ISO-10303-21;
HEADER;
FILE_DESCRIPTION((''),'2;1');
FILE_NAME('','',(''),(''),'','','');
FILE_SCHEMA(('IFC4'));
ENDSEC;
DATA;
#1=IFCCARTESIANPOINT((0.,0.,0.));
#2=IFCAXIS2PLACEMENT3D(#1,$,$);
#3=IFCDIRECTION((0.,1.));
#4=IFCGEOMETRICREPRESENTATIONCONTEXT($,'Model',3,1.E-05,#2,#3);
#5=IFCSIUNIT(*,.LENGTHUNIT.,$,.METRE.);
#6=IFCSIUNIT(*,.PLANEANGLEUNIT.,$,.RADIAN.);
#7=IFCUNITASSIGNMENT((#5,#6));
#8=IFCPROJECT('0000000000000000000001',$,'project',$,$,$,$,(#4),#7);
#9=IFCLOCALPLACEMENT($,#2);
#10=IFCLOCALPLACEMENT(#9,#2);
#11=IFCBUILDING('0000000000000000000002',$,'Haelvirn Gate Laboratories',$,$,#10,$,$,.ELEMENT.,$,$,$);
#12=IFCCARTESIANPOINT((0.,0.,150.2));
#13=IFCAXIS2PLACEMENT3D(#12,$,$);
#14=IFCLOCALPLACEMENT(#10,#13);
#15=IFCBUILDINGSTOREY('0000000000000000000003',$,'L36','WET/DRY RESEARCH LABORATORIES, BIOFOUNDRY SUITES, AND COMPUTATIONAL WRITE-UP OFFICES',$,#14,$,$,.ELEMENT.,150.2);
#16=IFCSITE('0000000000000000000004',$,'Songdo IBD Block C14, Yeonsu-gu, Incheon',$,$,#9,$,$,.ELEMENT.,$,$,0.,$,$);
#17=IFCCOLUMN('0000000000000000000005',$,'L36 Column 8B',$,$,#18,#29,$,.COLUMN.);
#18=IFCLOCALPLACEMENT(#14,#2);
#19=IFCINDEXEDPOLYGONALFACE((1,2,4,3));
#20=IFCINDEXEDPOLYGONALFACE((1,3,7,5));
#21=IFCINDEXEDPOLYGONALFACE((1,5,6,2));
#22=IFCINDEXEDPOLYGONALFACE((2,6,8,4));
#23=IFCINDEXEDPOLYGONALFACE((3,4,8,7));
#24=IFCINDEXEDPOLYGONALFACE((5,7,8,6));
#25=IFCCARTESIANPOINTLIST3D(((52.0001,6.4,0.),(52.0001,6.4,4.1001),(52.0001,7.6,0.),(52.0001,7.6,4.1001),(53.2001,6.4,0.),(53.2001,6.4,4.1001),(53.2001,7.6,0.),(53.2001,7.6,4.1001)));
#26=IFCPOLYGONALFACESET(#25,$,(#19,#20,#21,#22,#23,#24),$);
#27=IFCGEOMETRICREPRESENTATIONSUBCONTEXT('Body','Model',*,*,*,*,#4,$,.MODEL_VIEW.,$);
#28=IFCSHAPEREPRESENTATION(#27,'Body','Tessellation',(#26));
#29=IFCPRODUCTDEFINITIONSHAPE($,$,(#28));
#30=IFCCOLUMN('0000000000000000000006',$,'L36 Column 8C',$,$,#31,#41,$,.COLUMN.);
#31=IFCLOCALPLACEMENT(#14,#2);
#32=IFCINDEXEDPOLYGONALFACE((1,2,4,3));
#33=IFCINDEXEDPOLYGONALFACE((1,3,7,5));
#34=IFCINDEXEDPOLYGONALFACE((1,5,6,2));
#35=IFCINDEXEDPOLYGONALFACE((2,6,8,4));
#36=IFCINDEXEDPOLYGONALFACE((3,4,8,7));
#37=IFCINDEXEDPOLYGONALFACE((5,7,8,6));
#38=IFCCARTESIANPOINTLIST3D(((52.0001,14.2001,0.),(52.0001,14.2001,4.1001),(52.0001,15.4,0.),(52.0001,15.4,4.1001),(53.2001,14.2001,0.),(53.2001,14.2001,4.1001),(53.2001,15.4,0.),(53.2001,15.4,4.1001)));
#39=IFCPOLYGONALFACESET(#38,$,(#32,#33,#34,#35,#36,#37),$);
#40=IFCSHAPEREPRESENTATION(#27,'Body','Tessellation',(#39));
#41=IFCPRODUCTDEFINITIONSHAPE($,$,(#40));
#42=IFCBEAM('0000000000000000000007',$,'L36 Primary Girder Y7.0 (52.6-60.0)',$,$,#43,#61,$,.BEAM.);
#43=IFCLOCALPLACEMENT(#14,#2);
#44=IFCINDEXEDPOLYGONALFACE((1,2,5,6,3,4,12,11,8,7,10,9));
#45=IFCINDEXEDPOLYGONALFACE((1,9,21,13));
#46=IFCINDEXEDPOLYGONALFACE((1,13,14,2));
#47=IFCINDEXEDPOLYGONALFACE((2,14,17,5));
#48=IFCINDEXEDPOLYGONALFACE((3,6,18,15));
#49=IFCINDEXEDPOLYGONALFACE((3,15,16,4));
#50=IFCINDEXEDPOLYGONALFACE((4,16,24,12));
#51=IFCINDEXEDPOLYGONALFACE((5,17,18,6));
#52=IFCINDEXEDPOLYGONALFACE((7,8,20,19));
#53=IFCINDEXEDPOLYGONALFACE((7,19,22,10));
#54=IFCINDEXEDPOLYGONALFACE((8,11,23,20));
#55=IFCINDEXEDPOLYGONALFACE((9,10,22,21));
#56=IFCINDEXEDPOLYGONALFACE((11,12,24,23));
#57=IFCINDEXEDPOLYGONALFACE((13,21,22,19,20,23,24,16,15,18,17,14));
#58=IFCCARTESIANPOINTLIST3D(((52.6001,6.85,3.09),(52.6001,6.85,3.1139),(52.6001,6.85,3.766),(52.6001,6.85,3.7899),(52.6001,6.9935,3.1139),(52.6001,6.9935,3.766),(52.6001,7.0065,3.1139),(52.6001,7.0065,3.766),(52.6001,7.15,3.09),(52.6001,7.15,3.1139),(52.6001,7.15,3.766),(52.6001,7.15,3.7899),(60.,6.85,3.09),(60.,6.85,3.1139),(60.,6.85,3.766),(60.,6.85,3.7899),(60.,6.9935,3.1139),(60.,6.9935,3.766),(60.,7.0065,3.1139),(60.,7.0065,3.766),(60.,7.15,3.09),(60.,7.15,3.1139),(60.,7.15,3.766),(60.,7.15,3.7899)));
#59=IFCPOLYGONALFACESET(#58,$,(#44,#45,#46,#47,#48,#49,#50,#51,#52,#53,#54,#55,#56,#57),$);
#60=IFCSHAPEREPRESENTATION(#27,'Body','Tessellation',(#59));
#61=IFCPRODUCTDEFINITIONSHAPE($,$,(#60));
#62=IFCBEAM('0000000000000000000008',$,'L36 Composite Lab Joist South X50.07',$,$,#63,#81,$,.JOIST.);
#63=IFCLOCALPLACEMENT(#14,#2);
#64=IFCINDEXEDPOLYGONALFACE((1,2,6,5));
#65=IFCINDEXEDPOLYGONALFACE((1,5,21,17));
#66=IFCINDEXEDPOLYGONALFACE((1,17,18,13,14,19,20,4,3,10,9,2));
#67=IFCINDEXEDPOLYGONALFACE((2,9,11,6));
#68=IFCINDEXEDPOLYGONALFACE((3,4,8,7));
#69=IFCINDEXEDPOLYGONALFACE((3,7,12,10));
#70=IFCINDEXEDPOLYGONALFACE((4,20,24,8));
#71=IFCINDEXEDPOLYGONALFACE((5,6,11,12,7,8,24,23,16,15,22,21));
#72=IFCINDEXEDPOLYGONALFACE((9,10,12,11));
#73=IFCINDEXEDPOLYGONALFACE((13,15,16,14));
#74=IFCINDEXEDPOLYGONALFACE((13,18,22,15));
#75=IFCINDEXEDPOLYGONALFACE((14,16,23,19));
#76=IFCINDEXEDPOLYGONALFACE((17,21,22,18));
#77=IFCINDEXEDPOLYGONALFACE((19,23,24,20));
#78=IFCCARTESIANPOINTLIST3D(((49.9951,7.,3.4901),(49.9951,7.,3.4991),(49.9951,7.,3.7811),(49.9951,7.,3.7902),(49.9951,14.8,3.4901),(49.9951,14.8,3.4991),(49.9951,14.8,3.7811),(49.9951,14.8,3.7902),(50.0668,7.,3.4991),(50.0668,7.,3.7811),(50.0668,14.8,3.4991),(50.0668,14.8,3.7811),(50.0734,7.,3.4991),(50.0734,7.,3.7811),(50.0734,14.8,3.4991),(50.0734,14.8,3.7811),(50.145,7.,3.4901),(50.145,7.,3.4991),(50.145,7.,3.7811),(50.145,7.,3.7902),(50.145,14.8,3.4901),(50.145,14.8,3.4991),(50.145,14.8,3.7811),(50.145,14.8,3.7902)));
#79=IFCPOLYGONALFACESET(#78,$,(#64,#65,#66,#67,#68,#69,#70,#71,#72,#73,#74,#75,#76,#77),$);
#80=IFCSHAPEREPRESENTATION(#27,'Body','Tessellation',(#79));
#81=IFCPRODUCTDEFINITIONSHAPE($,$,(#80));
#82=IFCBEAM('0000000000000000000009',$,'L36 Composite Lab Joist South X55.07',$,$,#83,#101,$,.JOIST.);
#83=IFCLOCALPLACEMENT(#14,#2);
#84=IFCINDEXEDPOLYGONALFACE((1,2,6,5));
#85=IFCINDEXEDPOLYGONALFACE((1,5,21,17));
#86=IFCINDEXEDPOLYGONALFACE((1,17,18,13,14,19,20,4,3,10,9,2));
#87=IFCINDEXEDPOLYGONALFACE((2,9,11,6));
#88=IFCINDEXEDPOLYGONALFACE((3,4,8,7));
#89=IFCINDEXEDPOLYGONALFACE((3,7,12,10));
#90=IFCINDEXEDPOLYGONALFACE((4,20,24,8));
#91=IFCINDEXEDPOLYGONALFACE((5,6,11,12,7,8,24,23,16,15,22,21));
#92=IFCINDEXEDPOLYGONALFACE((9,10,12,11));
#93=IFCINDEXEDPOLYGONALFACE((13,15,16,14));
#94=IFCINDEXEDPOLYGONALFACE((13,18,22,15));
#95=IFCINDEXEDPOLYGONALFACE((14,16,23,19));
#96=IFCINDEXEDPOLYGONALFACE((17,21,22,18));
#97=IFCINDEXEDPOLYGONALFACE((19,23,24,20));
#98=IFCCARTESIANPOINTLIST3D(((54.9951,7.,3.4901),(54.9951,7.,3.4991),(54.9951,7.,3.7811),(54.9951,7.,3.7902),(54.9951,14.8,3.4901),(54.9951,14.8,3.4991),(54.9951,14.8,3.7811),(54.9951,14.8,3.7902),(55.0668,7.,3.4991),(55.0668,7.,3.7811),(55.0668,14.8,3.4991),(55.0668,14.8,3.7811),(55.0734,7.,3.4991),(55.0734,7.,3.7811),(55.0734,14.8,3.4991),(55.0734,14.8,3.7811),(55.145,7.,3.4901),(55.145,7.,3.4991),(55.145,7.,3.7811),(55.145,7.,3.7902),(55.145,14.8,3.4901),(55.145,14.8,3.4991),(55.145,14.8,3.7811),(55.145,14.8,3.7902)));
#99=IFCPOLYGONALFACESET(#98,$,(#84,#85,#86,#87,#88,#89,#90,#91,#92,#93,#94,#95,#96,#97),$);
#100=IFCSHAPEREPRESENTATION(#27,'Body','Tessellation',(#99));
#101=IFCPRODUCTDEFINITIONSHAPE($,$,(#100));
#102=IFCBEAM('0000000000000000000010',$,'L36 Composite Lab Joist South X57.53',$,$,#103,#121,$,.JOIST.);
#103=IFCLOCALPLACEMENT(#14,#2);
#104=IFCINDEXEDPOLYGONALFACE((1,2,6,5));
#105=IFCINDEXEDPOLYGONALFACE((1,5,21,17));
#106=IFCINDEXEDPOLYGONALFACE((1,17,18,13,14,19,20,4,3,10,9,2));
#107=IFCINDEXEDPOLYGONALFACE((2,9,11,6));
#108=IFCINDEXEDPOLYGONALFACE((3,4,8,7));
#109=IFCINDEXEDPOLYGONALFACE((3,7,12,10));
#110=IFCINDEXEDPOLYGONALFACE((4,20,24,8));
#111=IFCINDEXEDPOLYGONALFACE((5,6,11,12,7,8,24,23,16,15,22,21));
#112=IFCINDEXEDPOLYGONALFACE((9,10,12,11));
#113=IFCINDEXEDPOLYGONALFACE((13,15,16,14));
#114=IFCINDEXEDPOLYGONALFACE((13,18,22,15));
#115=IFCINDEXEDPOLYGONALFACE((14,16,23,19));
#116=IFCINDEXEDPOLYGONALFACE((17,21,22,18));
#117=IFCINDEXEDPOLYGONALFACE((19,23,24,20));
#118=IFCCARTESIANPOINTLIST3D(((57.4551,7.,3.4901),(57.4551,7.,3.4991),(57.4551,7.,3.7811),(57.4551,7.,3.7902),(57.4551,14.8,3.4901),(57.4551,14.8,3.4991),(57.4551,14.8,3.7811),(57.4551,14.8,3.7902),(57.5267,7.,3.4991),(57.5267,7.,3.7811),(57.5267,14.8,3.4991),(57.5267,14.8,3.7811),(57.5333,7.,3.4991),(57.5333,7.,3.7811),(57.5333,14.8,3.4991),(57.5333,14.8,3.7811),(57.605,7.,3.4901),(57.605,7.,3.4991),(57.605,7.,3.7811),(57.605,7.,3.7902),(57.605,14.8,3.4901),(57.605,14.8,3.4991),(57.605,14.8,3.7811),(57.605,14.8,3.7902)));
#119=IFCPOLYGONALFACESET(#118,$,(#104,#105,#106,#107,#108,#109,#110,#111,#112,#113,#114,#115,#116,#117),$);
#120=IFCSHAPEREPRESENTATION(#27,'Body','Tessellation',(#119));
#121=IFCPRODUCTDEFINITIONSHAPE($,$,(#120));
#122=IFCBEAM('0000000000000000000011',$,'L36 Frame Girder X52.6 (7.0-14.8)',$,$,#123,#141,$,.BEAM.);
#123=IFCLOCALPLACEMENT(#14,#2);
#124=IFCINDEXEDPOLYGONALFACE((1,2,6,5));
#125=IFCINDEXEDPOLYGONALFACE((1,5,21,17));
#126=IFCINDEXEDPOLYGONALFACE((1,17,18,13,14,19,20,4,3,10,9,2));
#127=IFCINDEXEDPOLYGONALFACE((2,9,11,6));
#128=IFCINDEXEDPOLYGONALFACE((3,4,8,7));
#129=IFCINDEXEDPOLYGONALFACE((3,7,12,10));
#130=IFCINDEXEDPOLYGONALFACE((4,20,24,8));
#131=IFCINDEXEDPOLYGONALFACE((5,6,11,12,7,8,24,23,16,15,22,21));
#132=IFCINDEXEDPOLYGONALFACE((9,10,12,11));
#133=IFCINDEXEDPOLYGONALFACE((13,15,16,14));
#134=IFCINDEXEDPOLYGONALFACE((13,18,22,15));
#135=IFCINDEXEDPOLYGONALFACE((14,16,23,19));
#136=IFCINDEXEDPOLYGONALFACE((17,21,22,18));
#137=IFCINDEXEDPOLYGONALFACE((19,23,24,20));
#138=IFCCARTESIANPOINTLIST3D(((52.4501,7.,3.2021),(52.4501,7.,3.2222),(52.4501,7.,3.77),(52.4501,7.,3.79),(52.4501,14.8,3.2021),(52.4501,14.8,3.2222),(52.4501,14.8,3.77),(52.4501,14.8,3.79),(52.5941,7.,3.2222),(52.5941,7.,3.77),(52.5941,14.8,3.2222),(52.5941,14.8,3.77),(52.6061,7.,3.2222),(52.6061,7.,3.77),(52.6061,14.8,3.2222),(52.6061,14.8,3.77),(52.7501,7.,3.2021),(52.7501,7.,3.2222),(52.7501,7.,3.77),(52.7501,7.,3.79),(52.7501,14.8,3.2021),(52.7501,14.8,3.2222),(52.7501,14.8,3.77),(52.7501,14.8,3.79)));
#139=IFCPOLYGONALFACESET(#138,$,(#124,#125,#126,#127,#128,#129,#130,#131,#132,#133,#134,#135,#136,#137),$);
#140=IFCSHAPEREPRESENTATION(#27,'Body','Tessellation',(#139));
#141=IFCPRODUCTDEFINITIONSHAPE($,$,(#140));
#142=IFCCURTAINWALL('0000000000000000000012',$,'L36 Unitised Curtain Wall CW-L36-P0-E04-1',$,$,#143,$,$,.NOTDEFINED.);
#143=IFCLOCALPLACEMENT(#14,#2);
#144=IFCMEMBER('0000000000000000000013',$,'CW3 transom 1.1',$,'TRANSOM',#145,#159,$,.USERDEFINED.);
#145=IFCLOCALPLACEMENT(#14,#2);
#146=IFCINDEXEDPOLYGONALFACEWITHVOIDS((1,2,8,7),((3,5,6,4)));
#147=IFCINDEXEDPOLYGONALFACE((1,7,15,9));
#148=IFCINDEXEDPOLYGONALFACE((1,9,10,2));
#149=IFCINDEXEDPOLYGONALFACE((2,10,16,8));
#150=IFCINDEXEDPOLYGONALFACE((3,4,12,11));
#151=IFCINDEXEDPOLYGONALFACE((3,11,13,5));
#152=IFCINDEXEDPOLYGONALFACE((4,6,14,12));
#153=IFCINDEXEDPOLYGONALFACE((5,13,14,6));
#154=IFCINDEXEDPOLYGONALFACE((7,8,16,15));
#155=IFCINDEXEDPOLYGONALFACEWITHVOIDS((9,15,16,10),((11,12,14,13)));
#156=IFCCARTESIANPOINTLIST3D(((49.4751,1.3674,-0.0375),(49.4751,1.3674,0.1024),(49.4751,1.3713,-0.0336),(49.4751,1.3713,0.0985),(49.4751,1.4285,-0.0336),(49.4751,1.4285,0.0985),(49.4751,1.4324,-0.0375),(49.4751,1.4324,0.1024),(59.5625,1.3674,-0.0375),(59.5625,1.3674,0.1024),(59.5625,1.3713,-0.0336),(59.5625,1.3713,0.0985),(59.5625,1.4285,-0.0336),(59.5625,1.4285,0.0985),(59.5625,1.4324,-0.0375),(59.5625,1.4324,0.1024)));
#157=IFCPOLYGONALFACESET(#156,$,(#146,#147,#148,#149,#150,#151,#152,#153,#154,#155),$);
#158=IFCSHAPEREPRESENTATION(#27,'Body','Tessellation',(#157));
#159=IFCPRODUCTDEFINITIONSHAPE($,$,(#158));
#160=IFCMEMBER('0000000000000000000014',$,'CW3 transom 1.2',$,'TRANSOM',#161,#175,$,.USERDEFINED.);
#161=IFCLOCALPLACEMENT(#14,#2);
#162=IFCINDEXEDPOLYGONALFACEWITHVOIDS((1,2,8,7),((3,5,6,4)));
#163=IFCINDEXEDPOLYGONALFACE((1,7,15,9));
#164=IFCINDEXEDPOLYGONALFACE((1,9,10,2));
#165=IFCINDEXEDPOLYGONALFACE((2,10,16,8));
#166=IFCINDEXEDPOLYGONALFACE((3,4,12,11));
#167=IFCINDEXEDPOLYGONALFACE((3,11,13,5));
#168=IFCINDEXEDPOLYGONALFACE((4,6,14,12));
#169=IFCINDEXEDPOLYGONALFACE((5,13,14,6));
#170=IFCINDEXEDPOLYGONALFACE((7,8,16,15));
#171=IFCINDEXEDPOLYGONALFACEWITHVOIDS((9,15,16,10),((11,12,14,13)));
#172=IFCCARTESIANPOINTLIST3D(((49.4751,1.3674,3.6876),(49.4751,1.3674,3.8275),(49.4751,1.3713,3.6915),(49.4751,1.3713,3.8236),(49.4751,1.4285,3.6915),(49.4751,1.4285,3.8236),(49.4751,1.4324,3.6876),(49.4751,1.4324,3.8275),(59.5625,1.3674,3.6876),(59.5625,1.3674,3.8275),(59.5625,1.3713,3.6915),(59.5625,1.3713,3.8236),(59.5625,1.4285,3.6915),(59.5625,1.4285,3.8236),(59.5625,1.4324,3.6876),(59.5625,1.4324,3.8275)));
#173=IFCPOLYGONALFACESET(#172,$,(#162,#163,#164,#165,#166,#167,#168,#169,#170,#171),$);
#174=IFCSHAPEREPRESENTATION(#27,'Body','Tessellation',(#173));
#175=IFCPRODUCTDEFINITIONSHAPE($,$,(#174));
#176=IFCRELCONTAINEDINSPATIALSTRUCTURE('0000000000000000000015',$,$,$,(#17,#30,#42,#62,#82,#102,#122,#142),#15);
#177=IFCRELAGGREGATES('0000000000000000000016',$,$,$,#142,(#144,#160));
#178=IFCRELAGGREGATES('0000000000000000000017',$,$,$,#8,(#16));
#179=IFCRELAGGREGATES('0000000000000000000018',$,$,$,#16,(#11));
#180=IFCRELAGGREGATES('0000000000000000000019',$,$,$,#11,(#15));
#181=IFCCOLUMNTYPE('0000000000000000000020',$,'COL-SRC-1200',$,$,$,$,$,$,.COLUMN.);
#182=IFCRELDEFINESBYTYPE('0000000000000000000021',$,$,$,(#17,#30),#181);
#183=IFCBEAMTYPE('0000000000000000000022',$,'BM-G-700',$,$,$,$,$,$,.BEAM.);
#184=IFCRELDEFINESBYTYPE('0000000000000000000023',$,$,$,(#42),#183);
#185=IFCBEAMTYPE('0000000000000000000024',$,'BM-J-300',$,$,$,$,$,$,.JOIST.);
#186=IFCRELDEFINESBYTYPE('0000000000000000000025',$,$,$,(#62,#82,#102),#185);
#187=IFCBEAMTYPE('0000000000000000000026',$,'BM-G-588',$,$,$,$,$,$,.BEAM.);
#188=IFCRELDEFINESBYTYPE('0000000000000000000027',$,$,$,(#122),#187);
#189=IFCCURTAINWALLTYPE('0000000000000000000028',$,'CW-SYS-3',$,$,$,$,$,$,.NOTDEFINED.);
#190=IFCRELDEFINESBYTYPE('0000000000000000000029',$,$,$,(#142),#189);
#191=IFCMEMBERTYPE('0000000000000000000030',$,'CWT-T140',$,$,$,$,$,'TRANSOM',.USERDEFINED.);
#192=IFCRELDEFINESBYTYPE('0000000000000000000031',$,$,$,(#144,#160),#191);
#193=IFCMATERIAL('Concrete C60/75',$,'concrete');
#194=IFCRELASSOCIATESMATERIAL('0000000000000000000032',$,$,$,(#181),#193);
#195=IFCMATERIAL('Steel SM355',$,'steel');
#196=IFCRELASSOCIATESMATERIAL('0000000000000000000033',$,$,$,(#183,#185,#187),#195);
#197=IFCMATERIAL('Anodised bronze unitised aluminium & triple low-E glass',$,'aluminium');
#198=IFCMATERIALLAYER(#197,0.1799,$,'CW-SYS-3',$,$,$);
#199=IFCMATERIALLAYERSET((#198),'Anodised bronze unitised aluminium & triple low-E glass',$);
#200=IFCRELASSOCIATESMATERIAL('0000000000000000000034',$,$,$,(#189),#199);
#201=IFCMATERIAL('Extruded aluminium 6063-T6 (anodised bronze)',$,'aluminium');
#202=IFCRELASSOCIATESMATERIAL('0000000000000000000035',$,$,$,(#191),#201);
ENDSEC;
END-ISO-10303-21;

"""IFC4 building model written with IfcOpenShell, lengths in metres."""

from ifc_helpers import new_model, si_unit, direction, frame, origin, origin_2d, place, context, subcontext, project, spatial, rectangle, hollow_rectangle, i_section, extrude, source, transform, mapped, material, layer, layer_set, material_profile, profile_set, type_object, type_shapes, element, aggregate, save


model = new_model("IFC4")

# Units and contexts
model_context = context("Model", 3, precision=1e-05, world=origin(), true_north=direction((0.0, 1.0)))
body_context = subcontext(model_context, "Body", "Model", "MODEL_VIEW")
ifc_project = project(units=[si_unit("LENGTHUNIT", "METRE"), si_unit("PLANEANGLEUNIT", "RADIAN")], contexts=[model_context])

# Site, building, storey
site_placement = place(None, origin())
site = spatial("IfcSite", under=ifc_project, at=site_placement, Name="Songdo IBD Block C14, Yeonsu-gu, Incheon", CompositionType="ELEMENT", RefElevation=0.0)
building_placement = place(site_placement, origin())
building = spatial("IfcBuilding", under=site, at=building_placement, Name="Haelvirn Gate Laboratories", CompositionType="ELEMENT")
storey_placement = place(building_placement, frame((0.0, 0.0, 150.2)))
storey = spatial("IfcBuildingStorey", under=building, at=storey_placement, Name="L36", Description="WET/DRY RESEARCH LABORATORIES, BIOFOUNDRY SUITES, AND COMPUTATIONAL WRITE-UP OFFICES", CompositionType="ELEMENT", Elevation=150.2)

# Columns
ifc_material_1 = material(Name="Concrete C60/75", Category="concrete")
ifc_material_profile_1 = material_profile(ifc_material_1, rectangle(XDim=1.2, YDim=1.2, at=origin_2d()), Name="SRC-1200x1200")
ifc_profile_set_1 = profile_set([ifc_material_profile_1], Name="Concrete C60/75")
column_type = type_object("IfcColumnType", Name="COL-SRC-1200", PredefinedType="COLUMN", material=ifc_profile_set_1)
shared_shape_1 = source(origin(), body_context, "Body", "SweptSolid", [
    extrude(rectangle(XDim=1.2, YDim=1.2, at=origin_2d()), origin(), (0.0, 0.0, 1.0), 4.1001),
])
type_shapes(column_type, [shared_shape_1])
for number, where, z_axis, x_axis, name in (
    (1, (52.6001, 7.0, 0.0), (0.0, 0.0, 1.0), (1.0, 0.0, 0.0), "L36 Column 8B"),
    (2, (52.6001, 14.8, 0.0), (0.0, 0.0, 1.0), (1.0, 0.0, 0.0), "L36 Column 8C"),
):
    element("IfcColumn", number, at=place(storey_placement, frame(where, z_axis=z_axis, x_axis=x_axis)), inside=storey, type_object=column_type, Name=name, PredefinedType="COLUMN", context=body_context, shape_type="MappedRepresentation", body=[
        mapped(shared_shape_1, transform((0.0, 0.0, 0.0), scale=1.0)),
    ])

# Beams
ifc_material_2 = material(Name="Steel SM355", Category="steel")
ifc_material_profile_2 = material_profile(ifc_material_2, i_section(OverallWidth=0.3, OverallDepth=0.7, WebThickness=0.0129, FlangeThickness=0.0239, at=origin_2d()), Name="H-700x300x13x24")
ifc_profile_set_2 = profile_set([ifc_material_profile_2], Name="Steel SM355")
beam_type_1 = type_object("IfcBeamType", Name="BM-G-700", PredefinedType="BEAM", material=ifc_profile_set_2)
shared_shape_2 = source(origin(), body_context, "Body", "SweptSolid", [
    extrude(i_section(OverallWidth=0.3, OverallDepth=0.7, WebThickness=0.0129, FlangeThickness=0.0239, at=origin_2d()), origin(), (0.0, 0.0, 1.0), 7.3999),
])
type_shapes(beam_type_1, [shared_shape_2])
beam_1_placement = place(storey_placement, frame((52.6001, 7.0, 3.4399), z_axis=(1.0, 0.0, 0.0), x_axis=(0.0, 1.0, 0.0)))
element("IfcBeam", 3, at=beam_1_placement, inside=storey, type_object=beam_type_1, Name="L36 Primary Girder Y7.0 (52.6-60.0)", PredefinedType="BEAM", context=body_context, shape_type="MappedRepresentation", body=[
    mapped(shared_shape_2, transform((0.0, 0.0, 0.0), scale=1.0)),
])
ifc_material_profile_3 = material_profile(ifc_material_2, i_section(OverallWidth=0.1499, OverallDepth=0.3, WebThickness=0.0066, FlangeThickness=0.009, at=origin_2d()), Name="H-300x150x6.5x9")
ifc_profile_set_3 = profile_set([ifc_material_profile_3], Name="Steel SM355")
beam_type_2 = type_object("IfcBeamType", Name="BM-J-300", PredefinedType="JOIST", material=ifc_profile_set_3)
shared_shape_3 = source(origin(), body_context, "Body", "SweptSolid", [
    extrude(i_section(OverallWidth=0.1499, OverallDepth=0.3, WebThickness=0.0066, FlangeThickness=0.009, at=origin_2d()), origin(), (0.0, 0.0, 1.0), 7.8),
])
type_shapes(beam_type_2, [shared_shape_3])
for number, where, z_axis, x_axis, name in (
    (4, (50.0701, 7.0, 3.6401), (0.0, 1.0, 0.0), (-1.0, 0.0, 0.0), "L36 Composite Lab Joist South X50.07"),
    (5, (55.0701, 7.0, 3.6401), (0.0, 1.0, 0.0), (-1.0, 0.0, 0.0), "L36 Composite Lab Joist South X55.07"),
    (6, (57.53, 7.0, 3.6401), (0.0, 1.0, 0.0), (-1.0, 0.0, 0.0), "L36 Composite Lab Joist South X57.53"),
):
    element("IfcBeam", number, at=place(storey_placement, frame(where, z_axis=z_axis, x_axis=x_axis)), inside=storey, type_object=beam_type_2, Name=name, PredefinedType="JOIST", context=body_context, shape_type="MappedRepresentation", body=[
        mapped(shared_shape_3, transform((0.0, 0.0, 0.0), scale=1.0)),
    ])
ifc_material_profile_4 = material_profile(ifc_material_2, i_section(OverallWidth=0.3, OverallDepth=0.5879, WebThickness=0.012, FlangeThickness=0.02, at=origin_2d()), Name="H-588x300x12x20")
ifc_profile_set_4 = profile_set([ifc_material_profile_4], Name="Steel SM355")
beam_type_3 = type_object("IfcBeamType", Name="BM-G-588", PredefinedType="BEAM", material=ifc_profile_set_4)
shared_shape_4 = source(origin(), body_context, "Body", "SweptSolid", [
    extrude(i_section(OverallWidth=0.3, OverallDepth=0.5879, WebThickness=0.012, FlangeThickness=0.02, at=origin_2d()), origin(), (0.0, 0.0, 1.0), 7.8),
])
type_shapes(beam_type_3, [shared_shape_4])
beam_2_placement = place(storey_placement, frame((52.6001, 7.0, 3.4961), z_axis=(0.0, 1.0, 0.0), x_axis=(-1.0, 0.0, 0.0)))
element("IfcBeam", 7, at=beam_2_placement, inside=storey, type_object=beam_type_3, Name="L36 Frame Girder X52.6 (7.0-14.8)", PredefinedType="BEAM", context=body_context, shape_type="MappedRepresentation", body=[
    mapped(shared_shape_4, transform((0.0, 0.0, 0.0), scale=1.0)),
])

# Curtain wall, members
ifc_material_3 = material(Name="Anodised bronze unitised aluminium & triple low-E glass", Category="aluminium")
ifc_layer_1 = layer(ifc_material_3, 0.1799, Name="CW-SYS-3")
ifc_layer_set_1 = layer_set([ifc_layer_1], Name="Anodised bronze unitised aluminium & triple low-E glass")
curtain_wall_type = type_object("IfcCurtainWallType", Name="CW-SYS-3", PredefinedType="NOTDEFINED", material=ifc_layer_set_1)
curtain_wall_1_placement = place(storey_placement, origin())
curtain_wall_1 = element("IfcCurtainWall", 8, at=curtain_wall_1_placement, inside=storey, type_object=curtain_wall_type, Name="L36 Unitised Curtain Wall CW-L36-P0-E04-1", PredefinedType="NOTDEFINED")
ifc_material_4 = material(Name="Extruded aluminium 6063-T6 (anodised bronze)", Category="aluminium")
ifc_material_profile_5 = material_profile(ifc_material_4, hollow_rectangle(XDim=0.0649, YDim=0.1399, WallThickness=0.0039, at=origin_2d()), Name="CWT-140x65x4")
ifc_profile_set_5 = profile_set([ifc_material_profile_5], Name="Extruded aluminium 6063-T6 (anodised bronze)")
member_type_1 = type_object("IfcMemberType", Name="CWT-T140", ElementType="TRANSOM", PredefinedType="USERDEFINED", material=ifc_profile_set_5)
shared_shape_5 = source(origin(), body_context, "Body", "SweptSolid", [
    extrude(hollow_rectangle(XDim=0.0649, YDim=0.1399, WallThickness=0.0039, at=origin_2d()), origin(), (0.0, 0.0, 1.0), 10.0874),
])
type_shapes(member_type_1, [shared_shape_5])
member_1_placement = place(storey_placement, frame((49.4751, 1.3999, 0.0325), z_axis=(1.0, 0.0, 0.0), x_axis=(0.0, 1.0, 0.0)))
member_1 = element("IfcMember", 9, at=member_1_placement, type_object=member_type_1, Name="CW3 transom 1.1", ObjectType="TRANSOM", PredefinedType="USERDEFINED", context=body_context, shape_type="MappedRepresentation", body=[
    mapped(shared_shape_5, transform((0.0, 0.0, 0.0), scale=1.0)),
])
member_2_placement = place(storey_placement, frame((49.4751, 1.3999, 3.7576), z_axis=(1.0, 0.0, 0.0), x_axis=(0.0, 1.0, 0.0)))
member_2 = element("IfcMember", 10, at=member_2_placement, type_object=member_type_1, Name="CW3 transom 1.2", ObjectType="TRANSOM", PredefinedType="USERDEFINED", context=body_context, shape_type="MappedRepresentation", body=[
    mapped(shared_shape_5, transform((0.0, 0.0, 0.0), scale=1.0)),
])

aggregate(curtain_wall_1, [member_1, member_2])

save(model, "model.ifc")
